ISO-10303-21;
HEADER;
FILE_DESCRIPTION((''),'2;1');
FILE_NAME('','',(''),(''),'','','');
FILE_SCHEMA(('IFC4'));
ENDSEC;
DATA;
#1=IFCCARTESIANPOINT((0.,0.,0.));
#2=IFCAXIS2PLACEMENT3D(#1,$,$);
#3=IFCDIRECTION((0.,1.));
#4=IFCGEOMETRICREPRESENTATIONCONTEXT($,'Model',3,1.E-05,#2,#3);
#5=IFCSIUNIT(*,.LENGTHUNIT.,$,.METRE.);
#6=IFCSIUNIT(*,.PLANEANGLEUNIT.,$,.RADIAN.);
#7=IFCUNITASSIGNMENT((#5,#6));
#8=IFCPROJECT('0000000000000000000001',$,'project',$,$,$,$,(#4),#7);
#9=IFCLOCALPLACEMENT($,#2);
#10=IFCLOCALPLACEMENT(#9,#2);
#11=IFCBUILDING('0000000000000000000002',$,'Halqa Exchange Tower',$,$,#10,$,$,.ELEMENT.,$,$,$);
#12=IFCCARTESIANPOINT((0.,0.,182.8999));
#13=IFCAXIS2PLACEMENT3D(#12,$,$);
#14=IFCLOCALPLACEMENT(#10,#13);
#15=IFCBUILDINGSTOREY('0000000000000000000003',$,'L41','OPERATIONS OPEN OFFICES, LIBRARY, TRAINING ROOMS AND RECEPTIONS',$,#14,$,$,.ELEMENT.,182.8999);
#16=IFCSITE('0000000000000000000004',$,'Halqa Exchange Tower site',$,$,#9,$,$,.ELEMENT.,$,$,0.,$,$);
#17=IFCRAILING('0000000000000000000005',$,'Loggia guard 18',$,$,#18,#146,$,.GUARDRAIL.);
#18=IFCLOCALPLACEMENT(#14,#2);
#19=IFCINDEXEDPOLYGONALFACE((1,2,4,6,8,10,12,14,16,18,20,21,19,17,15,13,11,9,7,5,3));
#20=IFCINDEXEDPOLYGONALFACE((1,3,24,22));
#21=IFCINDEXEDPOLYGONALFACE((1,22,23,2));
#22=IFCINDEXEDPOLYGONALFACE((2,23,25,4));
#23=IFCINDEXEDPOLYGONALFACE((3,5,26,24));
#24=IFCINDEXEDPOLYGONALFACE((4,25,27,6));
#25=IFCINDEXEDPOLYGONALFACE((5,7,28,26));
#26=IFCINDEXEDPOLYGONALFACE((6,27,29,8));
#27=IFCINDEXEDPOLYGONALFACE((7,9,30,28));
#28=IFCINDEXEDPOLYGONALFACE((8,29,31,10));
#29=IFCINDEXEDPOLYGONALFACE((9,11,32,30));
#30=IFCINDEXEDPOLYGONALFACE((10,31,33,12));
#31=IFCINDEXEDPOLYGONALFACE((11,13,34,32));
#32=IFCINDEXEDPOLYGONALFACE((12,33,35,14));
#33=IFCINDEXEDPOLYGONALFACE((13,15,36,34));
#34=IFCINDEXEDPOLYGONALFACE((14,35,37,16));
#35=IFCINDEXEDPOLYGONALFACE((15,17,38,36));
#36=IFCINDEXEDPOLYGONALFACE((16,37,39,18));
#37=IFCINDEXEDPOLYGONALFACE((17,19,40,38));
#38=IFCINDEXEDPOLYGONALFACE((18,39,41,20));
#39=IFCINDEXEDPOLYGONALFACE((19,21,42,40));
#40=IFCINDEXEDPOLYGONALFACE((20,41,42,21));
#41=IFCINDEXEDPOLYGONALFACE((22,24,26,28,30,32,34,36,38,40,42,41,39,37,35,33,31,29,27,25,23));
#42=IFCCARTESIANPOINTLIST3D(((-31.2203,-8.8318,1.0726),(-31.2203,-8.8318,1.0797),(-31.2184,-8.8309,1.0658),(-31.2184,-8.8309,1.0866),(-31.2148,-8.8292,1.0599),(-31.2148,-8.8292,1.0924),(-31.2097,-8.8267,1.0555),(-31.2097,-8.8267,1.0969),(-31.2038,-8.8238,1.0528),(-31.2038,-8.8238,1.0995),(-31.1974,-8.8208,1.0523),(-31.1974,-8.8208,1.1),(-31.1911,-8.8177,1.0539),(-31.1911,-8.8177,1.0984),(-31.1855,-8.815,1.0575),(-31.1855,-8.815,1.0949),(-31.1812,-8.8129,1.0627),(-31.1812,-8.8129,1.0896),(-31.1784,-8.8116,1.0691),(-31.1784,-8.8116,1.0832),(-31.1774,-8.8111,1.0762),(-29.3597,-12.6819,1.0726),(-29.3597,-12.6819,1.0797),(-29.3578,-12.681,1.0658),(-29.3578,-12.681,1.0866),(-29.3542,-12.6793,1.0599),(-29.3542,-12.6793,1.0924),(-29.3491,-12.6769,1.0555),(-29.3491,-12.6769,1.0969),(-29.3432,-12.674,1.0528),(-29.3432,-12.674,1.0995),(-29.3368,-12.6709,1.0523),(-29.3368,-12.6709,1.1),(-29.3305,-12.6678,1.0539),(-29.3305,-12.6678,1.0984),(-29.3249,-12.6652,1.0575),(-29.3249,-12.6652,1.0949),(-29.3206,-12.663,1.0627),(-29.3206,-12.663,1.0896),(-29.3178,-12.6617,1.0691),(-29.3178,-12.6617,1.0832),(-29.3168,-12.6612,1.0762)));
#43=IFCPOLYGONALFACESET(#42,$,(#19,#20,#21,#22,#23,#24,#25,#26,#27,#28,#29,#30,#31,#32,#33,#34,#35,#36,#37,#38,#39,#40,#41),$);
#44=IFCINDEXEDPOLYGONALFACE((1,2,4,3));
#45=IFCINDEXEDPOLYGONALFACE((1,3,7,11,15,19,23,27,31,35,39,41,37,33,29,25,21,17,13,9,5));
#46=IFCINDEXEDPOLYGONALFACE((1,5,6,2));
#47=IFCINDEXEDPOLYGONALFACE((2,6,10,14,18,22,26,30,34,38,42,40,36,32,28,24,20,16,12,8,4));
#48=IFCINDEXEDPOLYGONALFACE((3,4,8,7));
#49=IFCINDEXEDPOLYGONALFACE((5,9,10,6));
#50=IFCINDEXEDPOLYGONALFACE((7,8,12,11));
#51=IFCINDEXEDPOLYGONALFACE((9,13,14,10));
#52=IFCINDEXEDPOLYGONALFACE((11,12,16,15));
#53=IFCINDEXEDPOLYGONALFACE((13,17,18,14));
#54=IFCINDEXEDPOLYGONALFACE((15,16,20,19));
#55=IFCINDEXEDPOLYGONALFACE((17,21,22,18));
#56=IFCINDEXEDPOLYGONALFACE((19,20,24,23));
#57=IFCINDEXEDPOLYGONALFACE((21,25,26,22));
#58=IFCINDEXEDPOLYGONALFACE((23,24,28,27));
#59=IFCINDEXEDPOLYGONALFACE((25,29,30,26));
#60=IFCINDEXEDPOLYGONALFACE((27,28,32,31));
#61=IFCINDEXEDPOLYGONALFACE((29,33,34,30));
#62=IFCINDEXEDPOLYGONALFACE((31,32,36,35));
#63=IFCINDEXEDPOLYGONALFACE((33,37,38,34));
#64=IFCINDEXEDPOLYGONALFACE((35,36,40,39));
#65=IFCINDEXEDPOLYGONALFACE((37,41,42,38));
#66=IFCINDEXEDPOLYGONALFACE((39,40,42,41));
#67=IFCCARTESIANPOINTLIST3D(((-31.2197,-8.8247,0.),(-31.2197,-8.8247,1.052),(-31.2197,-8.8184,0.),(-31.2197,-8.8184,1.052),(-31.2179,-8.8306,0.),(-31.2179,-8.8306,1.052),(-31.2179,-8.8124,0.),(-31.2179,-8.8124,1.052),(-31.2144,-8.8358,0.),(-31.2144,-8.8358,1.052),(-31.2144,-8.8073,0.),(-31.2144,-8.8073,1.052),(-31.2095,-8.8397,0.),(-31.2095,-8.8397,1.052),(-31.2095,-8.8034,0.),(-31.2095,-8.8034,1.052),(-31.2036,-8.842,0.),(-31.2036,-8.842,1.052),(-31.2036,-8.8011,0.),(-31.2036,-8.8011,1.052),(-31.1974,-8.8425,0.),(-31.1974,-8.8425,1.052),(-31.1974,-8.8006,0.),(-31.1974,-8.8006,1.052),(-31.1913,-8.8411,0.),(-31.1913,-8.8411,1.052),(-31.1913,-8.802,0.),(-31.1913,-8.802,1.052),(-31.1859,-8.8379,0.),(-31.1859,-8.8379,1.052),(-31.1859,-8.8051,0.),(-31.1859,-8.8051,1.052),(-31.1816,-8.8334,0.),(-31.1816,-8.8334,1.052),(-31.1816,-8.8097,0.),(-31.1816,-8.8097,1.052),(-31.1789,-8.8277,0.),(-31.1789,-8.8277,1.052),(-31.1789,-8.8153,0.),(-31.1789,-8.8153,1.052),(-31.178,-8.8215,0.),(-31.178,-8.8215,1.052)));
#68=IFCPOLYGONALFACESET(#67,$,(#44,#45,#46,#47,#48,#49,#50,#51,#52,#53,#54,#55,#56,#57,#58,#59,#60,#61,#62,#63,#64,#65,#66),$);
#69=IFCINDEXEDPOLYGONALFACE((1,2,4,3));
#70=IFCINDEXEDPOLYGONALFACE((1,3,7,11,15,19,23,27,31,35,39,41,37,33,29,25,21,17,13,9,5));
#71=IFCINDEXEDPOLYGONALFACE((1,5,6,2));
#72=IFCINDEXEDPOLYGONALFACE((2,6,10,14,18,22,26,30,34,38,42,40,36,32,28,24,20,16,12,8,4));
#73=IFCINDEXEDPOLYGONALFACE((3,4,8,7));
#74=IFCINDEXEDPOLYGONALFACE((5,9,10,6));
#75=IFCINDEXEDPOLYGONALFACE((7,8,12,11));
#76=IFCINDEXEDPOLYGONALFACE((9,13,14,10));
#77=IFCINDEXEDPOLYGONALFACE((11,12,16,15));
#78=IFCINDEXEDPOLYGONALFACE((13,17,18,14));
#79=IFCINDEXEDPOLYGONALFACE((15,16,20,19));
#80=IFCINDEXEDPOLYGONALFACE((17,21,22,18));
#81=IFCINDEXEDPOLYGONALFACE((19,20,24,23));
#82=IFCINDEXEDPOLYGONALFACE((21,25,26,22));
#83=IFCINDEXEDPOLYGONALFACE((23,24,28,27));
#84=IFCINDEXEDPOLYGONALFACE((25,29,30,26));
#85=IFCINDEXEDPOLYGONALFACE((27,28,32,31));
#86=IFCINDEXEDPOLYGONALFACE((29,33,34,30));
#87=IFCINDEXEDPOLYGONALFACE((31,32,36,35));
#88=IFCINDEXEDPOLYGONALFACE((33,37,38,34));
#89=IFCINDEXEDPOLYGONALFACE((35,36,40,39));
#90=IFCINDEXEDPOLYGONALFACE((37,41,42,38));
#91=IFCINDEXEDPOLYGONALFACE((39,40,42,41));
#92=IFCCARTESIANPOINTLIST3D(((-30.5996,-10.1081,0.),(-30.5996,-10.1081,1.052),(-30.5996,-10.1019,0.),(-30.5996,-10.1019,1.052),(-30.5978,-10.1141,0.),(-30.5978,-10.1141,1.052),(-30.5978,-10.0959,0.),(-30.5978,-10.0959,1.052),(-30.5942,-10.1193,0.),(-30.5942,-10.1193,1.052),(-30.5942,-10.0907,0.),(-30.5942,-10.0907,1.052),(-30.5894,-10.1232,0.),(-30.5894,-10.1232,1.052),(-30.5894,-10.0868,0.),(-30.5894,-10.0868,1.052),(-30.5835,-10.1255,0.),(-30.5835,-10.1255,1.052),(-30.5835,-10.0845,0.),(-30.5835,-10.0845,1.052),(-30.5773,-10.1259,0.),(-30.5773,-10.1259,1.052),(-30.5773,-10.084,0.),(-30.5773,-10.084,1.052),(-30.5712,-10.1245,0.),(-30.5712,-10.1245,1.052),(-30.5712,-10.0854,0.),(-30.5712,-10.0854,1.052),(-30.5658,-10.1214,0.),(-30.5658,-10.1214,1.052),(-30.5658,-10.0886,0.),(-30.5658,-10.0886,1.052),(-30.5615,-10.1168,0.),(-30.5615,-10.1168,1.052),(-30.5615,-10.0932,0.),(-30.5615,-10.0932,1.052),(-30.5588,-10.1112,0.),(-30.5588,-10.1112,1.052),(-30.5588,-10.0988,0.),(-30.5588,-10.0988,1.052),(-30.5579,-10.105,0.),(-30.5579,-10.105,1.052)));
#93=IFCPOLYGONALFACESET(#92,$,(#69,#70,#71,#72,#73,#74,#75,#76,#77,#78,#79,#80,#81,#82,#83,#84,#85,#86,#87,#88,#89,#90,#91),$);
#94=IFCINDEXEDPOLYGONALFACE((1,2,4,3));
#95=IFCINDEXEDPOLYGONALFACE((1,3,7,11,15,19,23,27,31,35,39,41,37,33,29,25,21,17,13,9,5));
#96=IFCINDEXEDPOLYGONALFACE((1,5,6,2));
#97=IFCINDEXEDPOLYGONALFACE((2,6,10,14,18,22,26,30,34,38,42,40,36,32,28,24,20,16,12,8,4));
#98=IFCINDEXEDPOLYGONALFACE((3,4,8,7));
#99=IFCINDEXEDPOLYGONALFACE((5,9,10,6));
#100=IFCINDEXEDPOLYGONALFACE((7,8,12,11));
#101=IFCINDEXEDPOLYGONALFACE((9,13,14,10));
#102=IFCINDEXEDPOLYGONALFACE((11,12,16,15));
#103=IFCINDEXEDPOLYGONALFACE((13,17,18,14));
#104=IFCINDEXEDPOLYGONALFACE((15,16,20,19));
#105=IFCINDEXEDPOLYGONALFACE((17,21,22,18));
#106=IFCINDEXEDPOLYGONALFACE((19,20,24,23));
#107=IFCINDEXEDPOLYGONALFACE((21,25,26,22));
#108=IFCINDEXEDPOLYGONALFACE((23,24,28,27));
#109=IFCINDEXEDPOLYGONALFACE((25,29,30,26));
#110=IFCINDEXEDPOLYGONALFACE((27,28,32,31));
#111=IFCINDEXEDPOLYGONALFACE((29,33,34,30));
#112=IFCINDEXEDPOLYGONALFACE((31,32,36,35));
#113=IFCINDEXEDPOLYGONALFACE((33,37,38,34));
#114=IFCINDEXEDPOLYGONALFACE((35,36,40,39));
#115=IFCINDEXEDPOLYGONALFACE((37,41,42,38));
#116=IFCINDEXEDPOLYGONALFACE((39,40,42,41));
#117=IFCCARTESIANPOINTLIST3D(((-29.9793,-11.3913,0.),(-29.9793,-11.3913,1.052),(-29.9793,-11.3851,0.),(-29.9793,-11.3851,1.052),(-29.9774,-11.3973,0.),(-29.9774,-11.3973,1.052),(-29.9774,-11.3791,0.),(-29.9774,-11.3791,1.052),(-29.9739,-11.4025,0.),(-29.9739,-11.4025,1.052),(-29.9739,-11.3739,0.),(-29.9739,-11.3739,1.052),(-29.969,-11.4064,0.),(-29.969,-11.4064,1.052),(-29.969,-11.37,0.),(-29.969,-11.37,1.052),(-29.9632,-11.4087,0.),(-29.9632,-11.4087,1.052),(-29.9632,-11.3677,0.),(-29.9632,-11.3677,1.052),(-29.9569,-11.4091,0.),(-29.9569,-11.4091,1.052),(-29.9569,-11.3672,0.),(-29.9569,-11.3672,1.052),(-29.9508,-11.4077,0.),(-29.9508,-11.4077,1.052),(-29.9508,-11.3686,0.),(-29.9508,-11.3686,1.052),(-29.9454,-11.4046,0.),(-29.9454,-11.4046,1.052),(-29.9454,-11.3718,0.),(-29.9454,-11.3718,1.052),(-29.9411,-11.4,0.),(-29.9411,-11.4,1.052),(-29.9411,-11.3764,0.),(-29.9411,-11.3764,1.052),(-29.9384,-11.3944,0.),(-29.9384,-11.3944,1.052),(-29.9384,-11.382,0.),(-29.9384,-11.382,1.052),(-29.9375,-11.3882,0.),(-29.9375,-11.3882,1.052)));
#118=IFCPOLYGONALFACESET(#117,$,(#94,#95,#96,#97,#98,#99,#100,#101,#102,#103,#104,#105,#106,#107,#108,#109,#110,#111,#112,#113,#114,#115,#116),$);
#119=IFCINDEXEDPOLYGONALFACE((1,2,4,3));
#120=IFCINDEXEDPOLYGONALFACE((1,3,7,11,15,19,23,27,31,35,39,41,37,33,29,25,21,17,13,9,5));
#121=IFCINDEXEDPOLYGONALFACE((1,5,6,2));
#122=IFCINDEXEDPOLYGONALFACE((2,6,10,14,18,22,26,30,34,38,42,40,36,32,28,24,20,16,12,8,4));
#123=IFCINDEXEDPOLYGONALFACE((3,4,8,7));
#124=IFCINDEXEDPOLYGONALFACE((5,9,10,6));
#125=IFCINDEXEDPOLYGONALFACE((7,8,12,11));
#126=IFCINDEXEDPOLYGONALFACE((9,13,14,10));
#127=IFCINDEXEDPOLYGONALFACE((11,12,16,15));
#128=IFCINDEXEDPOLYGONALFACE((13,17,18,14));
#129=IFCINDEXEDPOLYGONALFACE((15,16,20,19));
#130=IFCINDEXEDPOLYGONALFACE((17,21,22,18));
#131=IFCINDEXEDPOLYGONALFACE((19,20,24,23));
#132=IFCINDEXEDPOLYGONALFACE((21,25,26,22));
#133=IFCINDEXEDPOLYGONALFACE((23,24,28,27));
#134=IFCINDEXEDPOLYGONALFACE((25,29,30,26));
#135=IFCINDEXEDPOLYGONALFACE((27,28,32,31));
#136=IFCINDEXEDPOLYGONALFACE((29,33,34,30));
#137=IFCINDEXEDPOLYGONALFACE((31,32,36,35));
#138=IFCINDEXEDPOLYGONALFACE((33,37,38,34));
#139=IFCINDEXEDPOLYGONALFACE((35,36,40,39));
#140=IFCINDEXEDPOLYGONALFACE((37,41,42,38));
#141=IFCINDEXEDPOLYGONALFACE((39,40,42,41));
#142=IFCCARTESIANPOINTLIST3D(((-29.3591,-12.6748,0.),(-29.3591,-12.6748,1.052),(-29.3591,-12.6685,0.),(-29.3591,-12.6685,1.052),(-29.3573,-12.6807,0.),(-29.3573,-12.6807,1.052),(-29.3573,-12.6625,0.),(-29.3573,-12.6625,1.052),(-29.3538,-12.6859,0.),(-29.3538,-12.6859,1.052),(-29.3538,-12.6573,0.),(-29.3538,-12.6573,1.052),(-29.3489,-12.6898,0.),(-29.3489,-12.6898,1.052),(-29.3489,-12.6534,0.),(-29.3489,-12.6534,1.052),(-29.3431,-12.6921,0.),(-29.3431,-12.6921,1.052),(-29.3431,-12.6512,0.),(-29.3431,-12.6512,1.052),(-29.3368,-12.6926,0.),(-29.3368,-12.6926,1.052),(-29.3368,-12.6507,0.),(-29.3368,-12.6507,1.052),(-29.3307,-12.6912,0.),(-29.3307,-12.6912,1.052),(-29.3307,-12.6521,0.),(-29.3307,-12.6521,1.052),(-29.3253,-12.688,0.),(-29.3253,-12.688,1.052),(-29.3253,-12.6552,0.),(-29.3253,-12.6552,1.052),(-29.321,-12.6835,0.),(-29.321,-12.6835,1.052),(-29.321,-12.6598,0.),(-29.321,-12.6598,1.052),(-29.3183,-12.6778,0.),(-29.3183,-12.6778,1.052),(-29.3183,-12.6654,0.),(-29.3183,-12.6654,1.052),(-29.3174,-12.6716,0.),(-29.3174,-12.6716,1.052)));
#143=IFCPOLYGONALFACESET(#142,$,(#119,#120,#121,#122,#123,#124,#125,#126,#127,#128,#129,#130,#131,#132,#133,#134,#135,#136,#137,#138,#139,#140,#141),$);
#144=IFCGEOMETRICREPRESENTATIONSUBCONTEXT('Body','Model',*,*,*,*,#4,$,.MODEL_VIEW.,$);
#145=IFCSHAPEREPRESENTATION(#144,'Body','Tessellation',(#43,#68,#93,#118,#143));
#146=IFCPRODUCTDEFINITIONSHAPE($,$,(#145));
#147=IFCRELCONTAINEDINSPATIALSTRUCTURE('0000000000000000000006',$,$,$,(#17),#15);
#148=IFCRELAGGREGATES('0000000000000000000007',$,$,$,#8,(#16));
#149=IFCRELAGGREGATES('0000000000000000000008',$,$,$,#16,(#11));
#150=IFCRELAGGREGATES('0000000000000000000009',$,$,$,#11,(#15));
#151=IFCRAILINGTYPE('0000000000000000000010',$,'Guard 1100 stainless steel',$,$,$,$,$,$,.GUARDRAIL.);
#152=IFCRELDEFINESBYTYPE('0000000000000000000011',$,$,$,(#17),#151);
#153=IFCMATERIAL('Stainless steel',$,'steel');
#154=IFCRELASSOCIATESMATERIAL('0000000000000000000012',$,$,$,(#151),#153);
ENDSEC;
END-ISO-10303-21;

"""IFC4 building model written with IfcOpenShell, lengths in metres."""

from ifc_helpers import new_model, si_unit, direction, frame, origin, origin_2d, place, context, subcontext, project, spatial, circle, extrude, material, type_object, element, save


model = new_model("IFC4")

# Units and contexts
model_context = context("Model", 3, precision=1e-05, world=origin(), true_north=direction((0.0, 1.0)))
body_context = subcontext(model_context, "Body", "Model", "MODEL_VIEW")
ifc_project = project(units=[si_unit("LENGTHUNIT", "METRE"), si_unit("PLANEANGLEUNIT", "RADIAN")], contexts=[model_context])

# Site, building, storey
site_placement = place(None, origin())
site = spatial("IfcSite", under=ifc_project, at=site_placement, Name="Halqa Exchange Tower site", CompositionType="ELEMENT", RefElevation=0.0)
building_placement = place(site_placement, origin())
building = spatial("IfcBuilding", under=site, at=building_placement, Name="Halqa Exchange Tower", CompositionType="ELEMENT")
storey_placement = place(building_placement, frame((0.0, 0.0, 182.8999)))
storey = spatial("IfcBuildingStorey", under=building, at=storey_placement, Name="L41", Description="OPERATIONS OPEN OFFICES, LIBRARY, TRAINING ROOMS AND RECEPTIONS", CompositionType="ELEMENT", Elevation=182.8999)

# Railing
ifc_material_1 = material(Name="Stainless steel", Category="steel")
railing_type = type_object("IfcRailingType", Name="Guard 1100 stainless steel", PredefinedType="GUARDRAIL", material=ifc_material_1)
railing_1_placement = place(storey_placement, frame((-31.199, -8.8215, 0.0)))
element("IfcRailing", 1, at=railing_1_placement, inside=storey, type_object=railing_type, Name="Loggia guard 18", PredefinedType="GUARDRAIL", context=body_context, shape_type="SweptSolid", body=[
    extrude(circle(Radius=0.0239, at=origin_2d()), frame((0.0, 0.0, 1.0762), z_axis=(0.435115, -0.900375, 0.0), x_axis=(0.900375, 0.435115, 0.0)), (0.0, 0.0, 1.0), 4.2761),
    extrude(circle(Radius=0.021, at=origin_2d()), origin(), (0.0, 0.0, 1.0), 1.052),
    extrude(circle(Radius=0.021, at=origin_2d()), frame((0.6201, -1.2834, 0.0)), (0.0, 0.0, 1.0), 1.052),
    extrude(circle(Radius=0.021, at=origin_2d()), frame((1.2405, -2.5667, 0.0)), (0.0, 0.0, 1.0), 1.052),
    extrude(circle(Radius=0.021, at=origin_2d()), frame((1.8606, -3.8501, 0.0)), (0.0, 0.0, 1.0), 1.052),
])

save(model, "model.ifc")
